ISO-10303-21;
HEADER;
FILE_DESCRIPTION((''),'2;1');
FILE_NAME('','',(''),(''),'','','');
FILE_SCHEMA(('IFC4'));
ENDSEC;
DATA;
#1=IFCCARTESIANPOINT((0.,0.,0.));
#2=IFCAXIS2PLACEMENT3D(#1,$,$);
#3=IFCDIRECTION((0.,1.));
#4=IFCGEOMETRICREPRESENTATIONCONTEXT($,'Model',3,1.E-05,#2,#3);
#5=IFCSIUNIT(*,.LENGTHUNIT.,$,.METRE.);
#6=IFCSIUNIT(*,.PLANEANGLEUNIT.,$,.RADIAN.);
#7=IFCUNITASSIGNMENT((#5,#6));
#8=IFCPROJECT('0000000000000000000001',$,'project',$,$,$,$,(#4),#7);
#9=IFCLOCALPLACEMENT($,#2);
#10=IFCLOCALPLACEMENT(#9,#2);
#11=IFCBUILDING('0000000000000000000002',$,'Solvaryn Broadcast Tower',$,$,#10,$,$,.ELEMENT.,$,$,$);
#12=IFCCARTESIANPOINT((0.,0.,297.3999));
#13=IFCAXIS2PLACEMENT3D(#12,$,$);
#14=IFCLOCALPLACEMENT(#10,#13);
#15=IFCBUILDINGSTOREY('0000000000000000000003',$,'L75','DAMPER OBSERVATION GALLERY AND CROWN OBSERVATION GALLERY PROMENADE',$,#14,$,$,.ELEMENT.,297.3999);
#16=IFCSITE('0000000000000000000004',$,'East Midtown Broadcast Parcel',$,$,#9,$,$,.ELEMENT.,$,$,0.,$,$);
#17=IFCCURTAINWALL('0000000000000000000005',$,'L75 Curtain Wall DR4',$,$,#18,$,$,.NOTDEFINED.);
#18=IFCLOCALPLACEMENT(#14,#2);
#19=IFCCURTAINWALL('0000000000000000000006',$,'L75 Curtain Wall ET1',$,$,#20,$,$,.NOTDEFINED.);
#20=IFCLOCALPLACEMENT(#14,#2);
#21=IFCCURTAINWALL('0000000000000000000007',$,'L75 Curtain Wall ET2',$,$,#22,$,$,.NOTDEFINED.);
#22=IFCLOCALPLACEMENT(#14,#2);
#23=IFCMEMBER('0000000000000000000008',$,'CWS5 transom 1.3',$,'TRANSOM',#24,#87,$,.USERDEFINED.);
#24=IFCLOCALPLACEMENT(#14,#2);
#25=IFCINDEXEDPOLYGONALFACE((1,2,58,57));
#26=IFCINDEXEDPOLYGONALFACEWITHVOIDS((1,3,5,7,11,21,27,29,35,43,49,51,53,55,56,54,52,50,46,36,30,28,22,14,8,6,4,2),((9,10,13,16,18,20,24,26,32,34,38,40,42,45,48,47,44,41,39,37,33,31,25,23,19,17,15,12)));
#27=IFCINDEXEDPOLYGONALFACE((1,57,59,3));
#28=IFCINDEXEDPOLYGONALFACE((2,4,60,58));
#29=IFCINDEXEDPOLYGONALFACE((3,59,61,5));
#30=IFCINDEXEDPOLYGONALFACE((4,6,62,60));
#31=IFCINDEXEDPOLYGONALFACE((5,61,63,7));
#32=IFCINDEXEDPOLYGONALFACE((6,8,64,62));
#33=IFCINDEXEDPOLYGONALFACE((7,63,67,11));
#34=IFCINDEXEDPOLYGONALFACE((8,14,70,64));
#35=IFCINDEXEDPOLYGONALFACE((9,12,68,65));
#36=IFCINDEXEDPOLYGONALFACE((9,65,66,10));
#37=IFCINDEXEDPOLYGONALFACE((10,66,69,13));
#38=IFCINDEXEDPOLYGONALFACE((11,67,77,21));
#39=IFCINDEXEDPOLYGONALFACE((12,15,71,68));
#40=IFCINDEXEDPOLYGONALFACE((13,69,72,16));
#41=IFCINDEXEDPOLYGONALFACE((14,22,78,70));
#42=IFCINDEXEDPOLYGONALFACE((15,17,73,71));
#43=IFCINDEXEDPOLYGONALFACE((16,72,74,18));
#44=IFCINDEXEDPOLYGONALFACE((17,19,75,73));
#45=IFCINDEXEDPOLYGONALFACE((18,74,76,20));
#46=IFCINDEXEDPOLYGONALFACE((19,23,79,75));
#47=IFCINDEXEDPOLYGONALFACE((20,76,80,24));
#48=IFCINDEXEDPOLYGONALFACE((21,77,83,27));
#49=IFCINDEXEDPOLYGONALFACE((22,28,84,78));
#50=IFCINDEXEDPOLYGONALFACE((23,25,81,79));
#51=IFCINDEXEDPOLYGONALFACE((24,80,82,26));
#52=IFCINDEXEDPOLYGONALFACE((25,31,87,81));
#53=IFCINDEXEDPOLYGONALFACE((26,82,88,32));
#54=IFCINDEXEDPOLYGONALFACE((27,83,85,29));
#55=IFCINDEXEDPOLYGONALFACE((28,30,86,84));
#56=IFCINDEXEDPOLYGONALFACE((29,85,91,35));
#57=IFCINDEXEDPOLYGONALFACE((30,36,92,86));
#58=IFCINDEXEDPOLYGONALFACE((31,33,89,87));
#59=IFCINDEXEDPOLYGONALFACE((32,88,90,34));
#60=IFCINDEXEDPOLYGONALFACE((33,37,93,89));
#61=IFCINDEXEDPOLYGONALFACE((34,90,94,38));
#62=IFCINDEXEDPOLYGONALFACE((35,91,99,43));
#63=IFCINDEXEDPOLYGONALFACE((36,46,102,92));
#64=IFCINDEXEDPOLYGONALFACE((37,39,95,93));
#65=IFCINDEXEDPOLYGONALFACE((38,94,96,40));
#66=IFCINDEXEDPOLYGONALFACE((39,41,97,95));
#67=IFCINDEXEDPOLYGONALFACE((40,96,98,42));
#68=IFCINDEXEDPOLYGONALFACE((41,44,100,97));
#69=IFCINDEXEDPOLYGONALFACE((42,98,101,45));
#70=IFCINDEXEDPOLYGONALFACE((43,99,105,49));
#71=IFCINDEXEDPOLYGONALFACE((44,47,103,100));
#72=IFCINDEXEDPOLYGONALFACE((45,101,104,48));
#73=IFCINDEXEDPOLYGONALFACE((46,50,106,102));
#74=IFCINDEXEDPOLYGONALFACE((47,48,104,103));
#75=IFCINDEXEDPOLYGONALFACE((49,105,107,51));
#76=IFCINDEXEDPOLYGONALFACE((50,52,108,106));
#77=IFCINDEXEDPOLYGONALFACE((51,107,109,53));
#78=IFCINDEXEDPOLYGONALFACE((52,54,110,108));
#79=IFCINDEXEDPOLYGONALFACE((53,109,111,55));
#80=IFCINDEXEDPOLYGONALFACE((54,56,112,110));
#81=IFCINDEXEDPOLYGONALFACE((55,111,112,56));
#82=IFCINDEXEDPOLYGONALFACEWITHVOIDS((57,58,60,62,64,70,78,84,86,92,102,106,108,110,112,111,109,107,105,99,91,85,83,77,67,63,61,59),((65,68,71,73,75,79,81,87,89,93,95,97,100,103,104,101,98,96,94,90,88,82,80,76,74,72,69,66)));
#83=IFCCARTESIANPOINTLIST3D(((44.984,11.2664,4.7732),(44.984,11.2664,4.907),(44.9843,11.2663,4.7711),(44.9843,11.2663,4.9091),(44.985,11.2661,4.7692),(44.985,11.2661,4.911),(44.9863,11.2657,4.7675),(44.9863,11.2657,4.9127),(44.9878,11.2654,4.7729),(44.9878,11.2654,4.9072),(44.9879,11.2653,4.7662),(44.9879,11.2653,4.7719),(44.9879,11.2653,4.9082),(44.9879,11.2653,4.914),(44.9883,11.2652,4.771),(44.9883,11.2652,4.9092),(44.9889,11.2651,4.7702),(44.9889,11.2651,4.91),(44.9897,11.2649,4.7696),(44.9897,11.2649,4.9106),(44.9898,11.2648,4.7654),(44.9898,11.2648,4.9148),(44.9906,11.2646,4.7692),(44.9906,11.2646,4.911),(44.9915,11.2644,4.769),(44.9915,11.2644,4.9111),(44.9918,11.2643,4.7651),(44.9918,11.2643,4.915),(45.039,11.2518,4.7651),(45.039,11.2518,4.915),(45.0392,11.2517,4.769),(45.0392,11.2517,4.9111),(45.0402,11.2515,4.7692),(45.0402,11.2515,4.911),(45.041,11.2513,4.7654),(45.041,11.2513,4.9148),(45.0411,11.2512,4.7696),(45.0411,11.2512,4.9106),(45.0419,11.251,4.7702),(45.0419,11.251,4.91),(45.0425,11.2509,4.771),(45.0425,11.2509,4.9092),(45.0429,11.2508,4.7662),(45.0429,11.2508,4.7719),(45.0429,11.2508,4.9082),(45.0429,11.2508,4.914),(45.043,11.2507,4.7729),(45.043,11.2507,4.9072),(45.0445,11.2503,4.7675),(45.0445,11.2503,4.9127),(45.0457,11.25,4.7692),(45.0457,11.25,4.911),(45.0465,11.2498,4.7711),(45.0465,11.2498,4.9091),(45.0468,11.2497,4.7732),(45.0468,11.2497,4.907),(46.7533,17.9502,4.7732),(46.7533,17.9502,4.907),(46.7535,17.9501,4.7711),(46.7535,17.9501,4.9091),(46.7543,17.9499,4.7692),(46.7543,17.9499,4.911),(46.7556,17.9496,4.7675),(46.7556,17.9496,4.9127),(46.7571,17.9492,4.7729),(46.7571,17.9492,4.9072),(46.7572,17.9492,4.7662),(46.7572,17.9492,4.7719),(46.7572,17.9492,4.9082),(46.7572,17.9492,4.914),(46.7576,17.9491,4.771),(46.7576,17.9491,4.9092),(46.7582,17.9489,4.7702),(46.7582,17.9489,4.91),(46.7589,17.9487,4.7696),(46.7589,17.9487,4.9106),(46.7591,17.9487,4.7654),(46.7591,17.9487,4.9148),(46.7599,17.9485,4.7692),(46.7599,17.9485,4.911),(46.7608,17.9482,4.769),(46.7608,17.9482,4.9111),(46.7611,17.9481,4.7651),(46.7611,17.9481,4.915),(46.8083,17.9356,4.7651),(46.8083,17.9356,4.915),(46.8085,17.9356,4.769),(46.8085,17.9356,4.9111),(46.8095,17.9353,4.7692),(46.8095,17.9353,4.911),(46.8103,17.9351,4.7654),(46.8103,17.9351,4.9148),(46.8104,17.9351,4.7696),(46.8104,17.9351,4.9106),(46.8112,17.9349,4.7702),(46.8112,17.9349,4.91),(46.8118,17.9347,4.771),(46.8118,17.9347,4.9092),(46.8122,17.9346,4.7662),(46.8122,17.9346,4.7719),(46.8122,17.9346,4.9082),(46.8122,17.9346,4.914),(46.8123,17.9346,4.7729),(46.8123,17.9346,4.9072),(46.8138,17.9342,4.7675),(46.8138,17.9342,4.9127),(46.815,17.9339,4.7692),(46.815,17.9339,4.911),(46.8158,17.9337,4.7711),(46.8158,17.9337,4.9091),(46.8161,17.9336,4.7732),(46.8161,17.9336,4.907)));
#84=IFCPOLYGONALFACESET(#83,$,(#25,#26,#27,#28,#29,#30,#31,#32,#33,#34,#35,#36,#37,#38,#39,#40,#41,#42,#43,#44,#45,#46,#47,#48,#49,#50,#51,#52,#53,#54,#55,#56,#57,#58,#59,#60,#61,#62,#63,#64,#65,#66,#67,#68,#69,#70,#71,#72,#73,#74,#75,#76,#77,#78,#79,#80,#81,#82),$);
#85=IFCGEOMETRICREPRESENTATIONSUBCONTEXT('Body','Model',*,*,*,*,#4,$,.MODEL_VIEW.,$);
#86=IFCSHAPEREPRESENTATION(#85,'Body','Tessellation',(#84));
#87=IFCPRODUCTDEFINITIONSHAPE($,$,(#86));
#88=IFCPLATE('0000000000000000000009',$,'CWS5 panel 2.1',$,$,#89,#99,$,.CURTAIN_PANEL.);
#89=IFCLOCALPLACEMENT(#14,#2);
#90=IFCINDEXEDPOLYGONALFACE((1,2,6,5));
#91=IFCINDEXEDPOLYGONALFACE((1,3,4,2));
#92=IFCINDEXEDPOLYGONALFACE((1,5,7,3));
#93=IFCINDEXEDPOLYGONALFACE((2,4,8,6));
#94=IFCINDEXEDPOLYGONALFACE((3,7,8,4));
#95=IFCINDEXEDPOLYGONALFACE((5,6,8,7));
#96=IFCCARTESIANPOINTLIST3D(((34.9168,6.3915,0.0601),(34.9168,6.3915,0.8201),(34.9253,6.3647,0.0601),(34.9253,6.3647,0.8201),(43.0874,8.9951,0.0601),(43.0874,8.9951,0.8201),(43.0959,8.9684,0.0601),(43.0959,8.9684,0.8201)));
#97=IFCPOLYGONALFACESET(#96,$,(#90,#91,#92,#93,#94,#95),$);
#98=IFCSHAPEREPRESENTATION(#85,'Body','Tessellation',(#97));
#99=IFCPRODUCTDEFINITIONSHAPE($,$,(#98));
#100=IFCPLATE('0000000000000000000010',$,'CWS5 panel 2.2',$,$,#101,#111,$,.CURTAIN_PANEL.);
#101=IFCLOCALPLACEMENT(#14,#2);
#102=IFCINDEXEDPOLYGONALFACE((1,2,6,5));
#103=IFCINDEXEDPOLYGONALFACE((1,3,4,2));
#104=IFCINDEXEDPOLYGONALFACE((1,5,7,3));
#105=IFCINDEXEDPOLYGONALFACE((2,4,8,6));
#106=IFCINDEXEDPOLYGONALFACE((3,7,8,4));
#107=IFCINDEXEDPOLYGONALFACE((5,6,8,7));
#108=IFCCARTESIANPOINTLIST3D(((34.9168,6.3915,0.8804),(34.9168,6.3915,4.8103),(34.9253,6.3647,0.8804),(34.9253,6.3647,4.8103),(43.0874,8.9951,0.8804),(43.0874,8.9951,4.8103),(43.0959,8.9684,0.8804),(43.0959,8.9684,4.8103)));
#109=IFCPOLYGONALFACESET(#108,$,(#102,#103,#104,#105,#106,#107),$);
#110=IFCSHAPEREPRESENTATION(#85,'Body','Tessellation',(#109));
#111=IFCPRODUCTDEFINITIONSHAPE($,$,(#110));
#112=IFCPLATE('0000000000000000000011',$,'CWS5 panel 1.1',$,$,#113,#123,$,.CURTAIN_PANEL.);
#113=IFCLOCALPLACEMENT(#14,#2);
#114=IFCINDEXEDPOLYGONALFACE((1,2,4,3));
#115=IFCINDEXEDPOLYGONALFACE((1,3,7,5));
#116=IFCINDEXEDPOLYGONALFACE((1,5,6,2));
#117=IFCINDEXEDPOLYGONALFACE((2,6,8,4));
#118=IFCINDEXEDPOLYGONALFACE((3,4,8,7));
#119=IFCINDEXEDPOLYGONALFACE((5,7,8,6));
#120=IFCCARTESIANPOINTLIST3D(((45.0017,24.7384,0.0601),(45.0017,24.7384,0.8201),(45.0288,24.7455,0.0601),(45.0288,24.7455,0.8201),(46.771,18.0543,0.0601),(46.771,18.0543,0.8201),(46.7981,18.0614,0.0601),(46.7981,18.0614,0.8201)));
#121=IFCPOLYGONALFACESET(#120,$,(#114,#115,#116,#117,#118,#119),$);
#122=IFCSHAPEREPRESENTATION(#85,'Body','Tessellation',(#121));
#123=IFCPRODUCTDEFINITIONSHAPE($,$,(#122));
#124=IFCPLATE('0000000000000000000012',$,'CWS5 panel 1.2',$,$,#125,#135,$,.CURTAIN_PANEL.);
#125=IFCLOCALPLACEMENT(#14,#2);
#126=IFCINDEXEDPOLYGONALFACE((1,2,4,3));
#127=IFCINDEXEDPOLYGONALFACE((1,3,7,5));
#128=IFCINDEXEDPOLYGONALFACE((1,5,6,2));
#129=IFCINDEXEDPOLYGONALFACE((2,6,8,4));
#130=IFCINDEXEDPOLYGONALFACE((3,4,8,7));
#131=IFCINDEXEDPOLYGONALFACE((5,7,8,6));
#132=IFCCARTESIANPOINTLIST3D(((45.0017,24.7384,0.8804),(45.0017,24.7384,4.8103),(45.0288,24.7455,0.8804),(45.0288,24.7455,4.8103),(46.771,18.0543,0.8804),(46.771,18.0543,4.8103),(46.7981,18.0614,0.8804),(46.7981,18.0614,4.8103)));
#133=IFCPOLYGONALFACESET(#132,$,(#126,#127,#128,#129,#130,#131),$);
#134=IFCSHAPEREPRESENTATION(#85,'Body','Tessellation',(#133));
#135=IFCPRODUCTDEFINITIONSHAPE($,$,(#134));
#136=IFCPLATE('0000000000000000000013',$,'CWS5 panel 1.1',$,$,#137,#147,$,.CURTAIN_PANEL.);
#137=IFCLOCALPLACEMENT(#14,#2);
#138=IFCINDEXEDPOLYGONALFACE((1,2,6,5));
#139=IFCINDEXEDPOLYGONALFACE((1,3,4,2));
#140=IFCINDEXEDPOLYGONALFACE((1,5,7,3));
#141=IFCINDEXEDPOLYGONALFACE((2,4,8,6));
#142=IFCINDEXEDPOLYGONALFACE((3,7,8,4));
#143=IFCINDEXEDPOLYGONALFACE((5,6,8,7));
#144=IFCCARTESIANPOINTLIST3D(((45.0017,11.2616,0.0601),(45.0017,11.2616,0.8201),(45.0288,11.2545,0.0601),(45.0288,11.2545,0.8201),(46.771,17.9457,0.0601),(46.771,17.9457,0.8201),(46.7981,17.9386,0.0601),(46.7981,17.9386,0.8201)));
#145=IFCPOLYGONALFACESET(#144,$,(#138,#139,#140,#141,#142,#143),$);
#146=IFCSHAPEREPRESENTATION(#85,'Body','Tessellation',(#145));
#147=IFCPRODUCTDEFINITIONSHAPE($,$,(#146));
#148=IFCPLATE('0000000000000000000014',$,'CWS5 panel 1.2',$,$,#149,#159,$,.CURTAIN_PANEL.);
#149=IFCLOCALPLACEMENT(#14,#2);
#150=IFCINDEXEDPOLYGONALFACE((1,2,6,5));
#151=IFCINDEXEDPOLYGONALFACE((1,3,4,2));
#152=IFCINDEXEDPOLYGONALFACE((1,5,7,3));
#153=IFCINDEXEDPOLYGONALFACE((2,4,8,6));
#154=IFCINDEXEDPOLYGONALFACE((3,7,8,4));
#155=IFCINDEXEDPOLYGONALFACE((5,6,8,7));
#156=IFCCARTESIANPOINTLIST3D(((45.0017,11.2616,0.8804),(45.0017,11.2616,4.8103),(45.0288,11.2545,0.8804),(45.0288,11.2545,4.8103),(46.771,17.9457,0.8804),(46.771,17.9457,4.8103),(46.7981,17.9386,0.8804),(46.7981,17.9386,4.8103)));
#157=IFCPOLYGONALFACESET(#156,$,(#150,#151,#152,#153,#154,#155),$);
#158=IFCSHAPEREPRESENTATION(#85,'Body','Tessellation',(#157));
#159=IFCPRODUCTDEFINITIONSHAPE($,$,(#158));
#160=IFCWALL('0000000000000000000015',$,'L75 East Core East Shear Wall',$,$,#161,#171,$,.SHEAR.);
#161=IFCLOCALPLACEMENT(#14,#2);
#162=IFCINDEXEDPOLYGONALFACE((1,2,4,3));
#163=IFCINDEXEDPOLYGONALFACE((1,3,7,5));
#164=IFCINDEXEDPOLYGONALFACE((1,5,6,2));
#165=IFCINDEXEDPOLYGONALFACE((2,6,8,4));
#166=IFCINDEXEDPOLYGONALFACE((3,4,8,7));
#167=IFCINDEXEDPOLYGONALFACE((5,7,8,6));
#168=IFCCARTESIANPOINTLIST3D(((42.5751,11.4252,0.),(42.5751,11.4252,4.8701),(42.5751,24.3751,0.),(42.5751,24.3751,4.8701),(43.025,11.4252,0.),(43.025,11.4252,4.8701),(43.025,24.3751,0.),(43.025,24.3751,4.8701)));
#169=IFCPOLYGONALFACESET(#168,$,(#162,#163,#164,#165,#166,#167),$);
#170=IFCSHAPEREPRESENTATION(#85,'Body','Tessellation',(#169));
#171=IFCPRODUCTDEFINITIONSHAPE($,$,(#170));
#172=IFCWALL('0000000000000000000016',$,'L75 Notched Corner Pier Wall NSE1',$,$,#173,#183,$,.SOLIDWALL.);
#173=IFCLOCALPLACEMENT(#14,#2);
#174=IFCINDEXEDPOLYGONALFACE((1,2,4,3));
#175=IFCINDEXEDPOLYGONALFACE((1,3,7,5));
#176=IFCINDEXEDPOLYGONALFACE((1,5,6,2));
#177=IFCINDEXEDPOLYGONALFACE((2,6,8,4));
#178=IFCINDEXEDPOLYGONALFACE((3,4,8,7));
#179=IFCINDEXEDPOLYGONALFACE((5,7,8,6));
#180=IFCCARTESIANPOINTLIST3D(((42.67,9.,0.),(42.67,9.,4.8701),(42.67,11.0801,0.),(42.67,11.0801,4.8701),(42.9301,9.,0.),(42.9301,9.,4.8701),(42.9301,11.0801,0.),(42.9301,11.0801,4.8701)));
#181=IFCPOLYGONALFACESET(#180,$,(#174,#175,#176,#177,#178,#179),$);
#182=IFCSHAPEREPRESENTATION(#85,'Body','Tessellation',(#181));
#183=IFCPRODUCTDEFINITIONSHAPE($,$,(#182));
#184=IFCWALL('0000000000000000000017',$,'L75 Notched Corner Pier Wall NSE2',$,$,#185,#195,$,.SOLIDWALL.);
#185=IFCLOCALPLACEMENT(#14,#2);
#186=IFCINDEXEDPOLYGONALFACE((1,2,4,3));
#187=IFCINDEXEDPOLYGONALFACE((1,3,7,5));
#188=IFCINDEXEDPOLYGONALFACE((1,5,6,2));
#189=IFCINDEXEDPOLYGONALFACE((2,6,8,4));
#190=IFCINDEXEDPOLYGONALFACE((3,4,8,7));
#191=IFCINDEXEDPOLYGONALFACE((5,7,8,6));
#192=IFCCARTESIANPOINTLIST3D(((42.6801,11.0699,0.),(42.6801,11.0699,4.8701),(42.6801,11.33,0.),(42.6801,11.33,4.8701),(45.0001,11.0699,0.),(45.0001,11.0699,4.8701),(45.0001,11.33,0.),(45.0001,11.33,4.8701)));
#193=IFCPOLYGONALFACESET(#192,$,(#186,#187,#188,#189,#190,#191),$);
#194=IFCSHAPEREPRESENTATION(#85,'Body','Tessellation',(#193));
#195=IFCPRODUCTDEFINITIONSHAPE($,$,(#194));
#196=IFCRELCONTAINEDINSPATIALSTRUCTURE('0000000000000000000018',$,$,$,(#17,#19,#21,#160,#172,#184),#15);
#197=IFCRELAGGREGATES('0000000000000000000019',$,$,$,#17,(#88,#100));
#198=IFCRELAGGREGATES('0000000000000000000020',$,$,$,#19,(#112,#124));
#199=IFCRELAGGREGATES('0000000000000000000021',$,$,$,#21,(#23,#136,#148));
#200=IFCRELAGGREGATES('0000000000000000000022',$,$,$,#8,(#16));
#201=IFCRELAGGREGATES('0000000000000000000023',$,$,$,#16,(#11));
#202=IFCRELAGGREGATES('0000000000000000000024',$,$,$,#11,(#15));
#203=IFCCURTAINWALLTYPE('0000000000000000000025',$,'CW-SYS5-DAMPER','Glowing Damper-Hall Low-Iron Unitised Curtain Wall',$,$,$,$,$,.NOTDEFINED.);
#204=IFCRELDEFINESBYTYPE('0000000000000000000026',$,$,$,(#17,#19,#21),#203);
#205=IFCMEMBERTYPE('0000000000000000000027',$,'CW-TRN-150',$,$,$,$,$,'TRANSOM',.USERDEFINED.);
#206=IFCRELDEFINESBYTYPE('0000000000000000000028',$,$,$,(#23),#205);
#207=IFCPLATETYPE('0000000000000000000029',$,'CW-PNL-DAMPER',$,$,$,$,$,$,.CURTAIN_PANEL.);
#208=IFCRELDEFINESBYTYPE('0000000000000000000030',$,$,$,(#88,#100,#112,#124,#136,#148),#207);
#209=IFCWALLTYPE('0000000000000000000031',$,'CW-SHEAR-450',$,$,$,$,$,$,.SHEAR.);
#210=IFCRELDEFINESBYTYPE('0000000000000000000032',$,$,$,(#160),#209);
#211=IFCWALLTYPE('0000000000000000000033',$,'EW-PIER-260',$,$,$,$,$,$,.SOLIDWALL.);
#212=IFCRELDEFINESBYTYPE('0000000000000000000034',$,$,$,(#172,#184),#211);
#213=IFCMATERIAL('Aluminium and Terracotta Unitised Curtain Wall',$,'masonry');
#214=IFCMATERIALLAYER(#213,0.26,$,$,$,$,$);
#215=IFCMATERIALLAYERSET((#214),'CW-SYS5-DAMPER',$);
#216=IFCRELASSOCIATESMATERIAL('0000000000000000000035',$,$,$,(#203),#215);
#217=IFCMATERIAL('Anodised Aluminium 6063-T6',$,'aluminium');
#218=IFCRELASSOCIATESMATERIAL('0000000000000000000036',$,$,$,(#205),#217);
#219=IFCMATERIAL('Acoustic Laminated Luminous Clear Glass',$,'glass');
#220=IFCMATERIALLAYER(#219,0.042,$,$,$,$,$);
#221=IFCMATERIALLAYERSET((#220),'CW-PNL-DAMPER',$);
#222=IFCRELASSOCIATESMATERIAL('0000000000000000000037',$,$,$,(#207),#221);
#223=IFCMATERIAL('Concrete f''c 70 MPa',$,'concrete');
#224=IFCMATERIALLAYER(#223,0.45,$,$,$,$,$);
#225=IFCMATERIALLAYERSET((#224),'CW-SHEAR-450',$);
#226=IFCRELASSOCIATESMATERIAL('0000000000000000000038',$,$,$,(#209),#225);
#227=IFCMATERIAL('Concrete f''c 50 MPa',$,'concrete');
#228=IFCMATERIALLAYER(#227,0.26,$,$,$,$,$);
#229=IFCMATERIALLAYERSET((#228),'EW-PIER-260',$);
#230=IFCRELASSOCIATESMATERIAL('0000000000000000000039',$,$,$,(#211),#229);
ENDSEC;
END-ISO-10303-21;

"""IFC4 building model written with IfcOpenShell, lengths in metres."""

from ifc_helpers import new_model, si_unit, direction, frame, frame_2d, origin, origin_2d, place, context, subcontext, project, spatial, rectangle, hollow_rectangle, extrude, material, layer, layer_set, material_profile, profile_set, type_object, element, aggregate, save


model = new_model("IFC4")

# Units and contexts
model_context = context("Model", 3, precision=1e-05, world=origin(), true_north=direction((0.0, 1.0)))
body_context = subcontext(model_context, "Body", "Model", "MODEL_VIEW")
ifc_project = project(units=[si_unit("LENGTHUNIT", "METRE"), si_unit("PLANEANGLEUNIT", "RADIAN")], contexts=[model_context])

# Site, building, storey
site_placement = place(None, origin())
site = spatial("IfcSite", under=ifc_project, at=site_placement, Name="East Midtown Broadcast Parcel", CompositionType="ELEMENT", RefElevation=0.0)
building_placement = place(site_placement, origin())
building = spatial("IfcBuilding", under=site, at=building_placement, Name="Solvaryn Broadcast Tower", CompositionType="ELEMENT")
storey_placement = place(building_placement, frame((0.0, 0.0, 297.3999)))
storey = spatial("IfcBuildingStorey", under=building, at=storey_placement, Name="L75", Description="DAMPER OBSERVATION GALLERY AND CROWN OBSERVATION GALLERY PROMENADE", CompositionType="ELEMENT", Elevation=297.3999)

# Curtain wall
ifc_material_1 = material(Name="Aluminium and Terracotta Unitised Curtain Wall", Category="masonry")
ifc_layer_1 = layer(ifc_material_1, 0.26)
ifc_layer_set_1 = layer_set([ifc_layer_1], Name="CW-SYS5-DAMPER")
curtain_wall_type = type_object("IfcCurtainWallType", Name="CW-SYS5-DAMPER", Description="Glowing Damper-Hall Low-Iron Unitised Curtain Wall", PredefinedType="NOTDEFINED", material=ifc_layer_set_1)
curtain_wall_1_placement = place(storey_placement, origin())
curtain_wall_1 = element("IfcCurtainWall", 1, at=curtain_wall_1_placement, inside=storey, type_object=curtain_wall_type, Name="L75 Curtain Wall DR4", PredefinedType="NOTDEFINED")

# Curtain wall
curtain_wall_2_placement = place(storey_placement, origin())
curtain_wall_2 = element("IfcCurtainWall", 2, at=curtain_wall_2_placement, inside=storey, type_object=curtain_wall_type, Name="L75 Curtain Wall ET1", PredefinedType="NOTDEFINED")

# Curtain wall
curtain_wall_3_placement = place(storey_placement, origin())
curtain_wall_3 = element("IfcCurtainWall", 3, at=curtain_wall_3_placement, inside=storey, type_object=curtain_wall_type, Name="L75 Curtain Wall ET2", PredefinedType="NOTDEFINED")

# Member
ifc_material_2 = material(Name="Anodised Aluminium 6063-T6", Category="aluminium")
ifc_material_profile_1 = material_profile(ifc_material_2, hollow_rectangle(XDim=0.0649, YDim=0.1499, WallThickness=0.0039, InnerFilletRadius=0.0039, OuterFilletRadius=0.0081, at=origin_2d()))
ifc_profile_set_1 = profile_set([ifc_material_profile_1], Name="Anodised Aluminium 6063-T6")
member_type_1 = type_object("IfcMemberType", Name="CW-TRN-150", ElementType="TRANSOM", PredefinedType="USERDEFINED", material=ifc_profile_set_1)
member_1_placement = place(storey_placement, frame((46.7847, 17.9419, 4.8401), z_axis=(-0.255897, -0.966704, 0.0), x_axis=(0.966704, -0.255897, 0.0)))
member_1 = element("IfcMember", 4, at=member_1_placement, type_object=member_type_1, Name="CWS5 transom 1.3", ObjectType="TRANSOM", PredefinedType="USERDEFINED", context=body_context, shape_type="SweptSolid", body=[
    extrude(hollow_rectangle(XDim=0.0649, YDim=0.1499, WallThickness=0.0039, InnerFilletRadius=0.0039, OuterFilletRadius=0.0081, at=origin_2d()), origin(), (0.0, 0.0, 1.0), 6.9141),
])

# Plates
ifc_material_3 = material(Name="Acoustic Laminated Luminous Clear Glass", Category="glass")
ifc_layer_2 = layer(ifc_material_3, 0.042)
ifc_layer_set_2 = layer_set([ifc_layer_2], Name="CW-PNL-DAMPER")
plate_type = type_object("IfcPlateType", Name="CW-PNL-DAMPER", PredefinedType="CURTAIN_PANEL", material=ifc_layer_set_2)
plate_1_placement = place(storey_placement, frame((39.0063, 7.6799, 0.0601), z_axis=(0.0, 0.0, 1.0), x_axis=(0.952795, 0.303616, 0.0)))
plate_1 = element("IfcPlate", 5, at=plate_1_placement, type_object=plate_type, Name="CWS5 panel 2.1", PredefinedType="CURTAIN_PANEL", context=body_context, shape_type="SweptSolid", body=[
    extrude(rectangle(XDim=8.5754, YDim=0.0281, at=origin_2d()), origin(), (0.0, 0.0, 1.0), 0.76),
])
plate_2_placement = place(storey_placement, frame((39.0063, 7.6799, 0.8804), z_axis=(0.0, 0.0, 1.0), x_axis=(0.952795, 0.303616, 0.0)))
plate_2 = element("IfcPlate", 6, at=plate_2_placement, type_object=plate_type, Name="CWS5 panel 2.2", PredefinedType="CURTAIN_PANEL", context=body_context, shape_type="SweptSolid", body=[
    extrude(rectangle(XDim=8.5754, YDim=0.0281, at=origin_2d()), origin(), (0.0, 0.0, 1.0), 3.9299),
])
aggregate(curtain_wall_1, [plate_1, plate_2])
plate_3_placement = place(storey_placement, frame((45.8999, 21.3999, 0.0601), z_axis=(0.0, 0.0, 1.0), x_axis=(0.255893, -0.966705, 0.0)))
plate_3 = element("IfcPlate", 7, at=plate_3_placement, type_object=plate_type, Name="CWS5 panel 1.1", PredefinedType="CURTAIN_PANEL", context=body_context, shape_type="SweptSolid", body=[
    extrude(rectangle(XDim=6.9143, YDim=0.0281, at=origin_2d()), origin(), (0.0, 0.0, 1.0), 0.76),
])
plate_4_placement = place(storey_placement, frame((45.8999, 21.3999, 0.8804), z_axis=(0.0, 0.0, 1.0), x_axis=(0.255893, -0.966705, 0.0)))
plate_4 = element("IfcPlate", 8, at=plate_4_placement, type_object=plate_type, Name="CWS5 panel 1.2", PredefinedType="CURTAIN_PANEL", context=body_context, shape_type="SweptSolid", body=[
    extrude(rectangle(XDim=6.9143, YDim=0.0281, at=origin_2d()), origin(), (0.0, 0.0, 1.0), 3.9299),
])
aggregate(curtain_wall_2, [plate_3, plate_4])
plate_5_placement = place(storey_placement, frame((45.8999, 14.6001, 0.0601), z_axis=(0.0, 0.0, 1.0), x_axis=(-0.255893, -0.966705, 0.0)))
plate_5 = element("IfcPlate", 9, at=plate_5_placement, type_object=plate_type, Name="CWS5 panel 1.1", PredefinedType="CURTAIN_PANEL", context=body_context, shape_type="SweptSolid", body=[
    extrude(rectangle(XDim=6.9143, YDim=0.0281, at=origin_2d()), origin(), (0.0, 0.0, 1.0), 0.76),
])
plate_6_placement = place(storey_placement, frame((45.8999, 14.6001, 0.8804), z_axis=(0.0, 0.0, 1.0), x_axis=(-0.255893, -0.966705, 0.0)))
plate_6 = element("IfcPlate", 10, at=plate_6_placement, type_object=plate_type, Name="CWS5 panel 1.2", PredefinedType="CURTAIN_PANEL", context=body_context, shape_type="SweptSolid", body=[
    extrude(rectangle(XDim=6.9143, YDim=0.0281, at=origin_2d()), origin(), (0.0, 0.0, 1.0), 3.9299),
])
aggregate(curtain_wall_3, [member_1, plate_5, plate_6])

# Walls
ifc_material_4 = material(Name="Concrete f'c 70 MPa", Category="concrete")
ifc_layer_3 = layer(ifc_material_4, 0.45)
ifc_layer_set_3 = layer_set([ifc_layer_3], Name="CW-SHEAR-450")
wall_type_1 = type_object("IfcWallType", Name="CW-SHEAR-450", PredefinedType="SHEAR", material=ifc_layer_set_3)
wall_1_placement = place(storey_placement, frame((42.8, 11.425, 0.0), z_axis=(0.0, 0.0, 1.0), x_axis=(0.0, 1.0, 0.0)))
element("IfcWall", 11, at=wall_1_placement, inside=storey, type_object=wall_type_1, Name="L75 East Core East Shear Wall", PredefinedType="SHEAR", context=body_context, shape_type="SweptSolid", body=[
    extrude(rectangle(XDim=12.95, YDim=0.45, at=frame_2d((6.4751, 0.0))), origin(), (0.0, 0.0, 1.0), 4.8701),
])
ifc_material_5 = material(Name="Concrete f'c 50 MPa", Category="concrete")
ifc_layer_4 = layer(ifc_material_5, 0.26)
ifc_layer_set_4 = layer_set([ifc_layer_4], Name="EW-PIER-260")
wall_type_2 = type_object("IfcWallType", Name="EW-PIER-260", PredefinedType="SOLIDWALL", material=ifc_layer_set_4)
wall_2_placement = place(storey_placement, frame((42.8, 9.0, 0.0), z_axis=(0.0, 0.0, 1.0), x_axis=(0.0, 1.0, 0.0)))
element("IfcWall", 12, at=wall_2_placement, inside=storey, type_object=wall_type_2, Name="L75 Notched Corner Pier Wall NSE1", PredefinedType="SOLIDWALL", context=body_context, shape_type="SweptSolid", body=[
    extrude(rectangle(XDim=2.0801, YDim=0.26, at=frame_2d((1.04, 0.0))), origin(), (0.0, 0.0, 1.0), 4.8701),
])
wall_3_placement = place(storey_placement, frame((42.6799, 11.2, 0.0), z_axis=(0.0, 0.0, 1.0), x_axis=(1.0, 0.0, 0.0)))
element("IfcWall", 13, at=wall_3_placement, inside=storey, type_object=wall_type_2, Name="L75 Notched Corner Pier Wall NSE2", PredefinedType="SOLIDWALL", context=body_context, shape_type="SweptSolid", body=[
    extrude(rectangle(XDim=2.3201, YDim=0.26, at=frame_2d((1.1602, 0.0))), origin(), (0.0, 0.0, 1.0), 4.8701),
])

save(model, "model.ifc")
